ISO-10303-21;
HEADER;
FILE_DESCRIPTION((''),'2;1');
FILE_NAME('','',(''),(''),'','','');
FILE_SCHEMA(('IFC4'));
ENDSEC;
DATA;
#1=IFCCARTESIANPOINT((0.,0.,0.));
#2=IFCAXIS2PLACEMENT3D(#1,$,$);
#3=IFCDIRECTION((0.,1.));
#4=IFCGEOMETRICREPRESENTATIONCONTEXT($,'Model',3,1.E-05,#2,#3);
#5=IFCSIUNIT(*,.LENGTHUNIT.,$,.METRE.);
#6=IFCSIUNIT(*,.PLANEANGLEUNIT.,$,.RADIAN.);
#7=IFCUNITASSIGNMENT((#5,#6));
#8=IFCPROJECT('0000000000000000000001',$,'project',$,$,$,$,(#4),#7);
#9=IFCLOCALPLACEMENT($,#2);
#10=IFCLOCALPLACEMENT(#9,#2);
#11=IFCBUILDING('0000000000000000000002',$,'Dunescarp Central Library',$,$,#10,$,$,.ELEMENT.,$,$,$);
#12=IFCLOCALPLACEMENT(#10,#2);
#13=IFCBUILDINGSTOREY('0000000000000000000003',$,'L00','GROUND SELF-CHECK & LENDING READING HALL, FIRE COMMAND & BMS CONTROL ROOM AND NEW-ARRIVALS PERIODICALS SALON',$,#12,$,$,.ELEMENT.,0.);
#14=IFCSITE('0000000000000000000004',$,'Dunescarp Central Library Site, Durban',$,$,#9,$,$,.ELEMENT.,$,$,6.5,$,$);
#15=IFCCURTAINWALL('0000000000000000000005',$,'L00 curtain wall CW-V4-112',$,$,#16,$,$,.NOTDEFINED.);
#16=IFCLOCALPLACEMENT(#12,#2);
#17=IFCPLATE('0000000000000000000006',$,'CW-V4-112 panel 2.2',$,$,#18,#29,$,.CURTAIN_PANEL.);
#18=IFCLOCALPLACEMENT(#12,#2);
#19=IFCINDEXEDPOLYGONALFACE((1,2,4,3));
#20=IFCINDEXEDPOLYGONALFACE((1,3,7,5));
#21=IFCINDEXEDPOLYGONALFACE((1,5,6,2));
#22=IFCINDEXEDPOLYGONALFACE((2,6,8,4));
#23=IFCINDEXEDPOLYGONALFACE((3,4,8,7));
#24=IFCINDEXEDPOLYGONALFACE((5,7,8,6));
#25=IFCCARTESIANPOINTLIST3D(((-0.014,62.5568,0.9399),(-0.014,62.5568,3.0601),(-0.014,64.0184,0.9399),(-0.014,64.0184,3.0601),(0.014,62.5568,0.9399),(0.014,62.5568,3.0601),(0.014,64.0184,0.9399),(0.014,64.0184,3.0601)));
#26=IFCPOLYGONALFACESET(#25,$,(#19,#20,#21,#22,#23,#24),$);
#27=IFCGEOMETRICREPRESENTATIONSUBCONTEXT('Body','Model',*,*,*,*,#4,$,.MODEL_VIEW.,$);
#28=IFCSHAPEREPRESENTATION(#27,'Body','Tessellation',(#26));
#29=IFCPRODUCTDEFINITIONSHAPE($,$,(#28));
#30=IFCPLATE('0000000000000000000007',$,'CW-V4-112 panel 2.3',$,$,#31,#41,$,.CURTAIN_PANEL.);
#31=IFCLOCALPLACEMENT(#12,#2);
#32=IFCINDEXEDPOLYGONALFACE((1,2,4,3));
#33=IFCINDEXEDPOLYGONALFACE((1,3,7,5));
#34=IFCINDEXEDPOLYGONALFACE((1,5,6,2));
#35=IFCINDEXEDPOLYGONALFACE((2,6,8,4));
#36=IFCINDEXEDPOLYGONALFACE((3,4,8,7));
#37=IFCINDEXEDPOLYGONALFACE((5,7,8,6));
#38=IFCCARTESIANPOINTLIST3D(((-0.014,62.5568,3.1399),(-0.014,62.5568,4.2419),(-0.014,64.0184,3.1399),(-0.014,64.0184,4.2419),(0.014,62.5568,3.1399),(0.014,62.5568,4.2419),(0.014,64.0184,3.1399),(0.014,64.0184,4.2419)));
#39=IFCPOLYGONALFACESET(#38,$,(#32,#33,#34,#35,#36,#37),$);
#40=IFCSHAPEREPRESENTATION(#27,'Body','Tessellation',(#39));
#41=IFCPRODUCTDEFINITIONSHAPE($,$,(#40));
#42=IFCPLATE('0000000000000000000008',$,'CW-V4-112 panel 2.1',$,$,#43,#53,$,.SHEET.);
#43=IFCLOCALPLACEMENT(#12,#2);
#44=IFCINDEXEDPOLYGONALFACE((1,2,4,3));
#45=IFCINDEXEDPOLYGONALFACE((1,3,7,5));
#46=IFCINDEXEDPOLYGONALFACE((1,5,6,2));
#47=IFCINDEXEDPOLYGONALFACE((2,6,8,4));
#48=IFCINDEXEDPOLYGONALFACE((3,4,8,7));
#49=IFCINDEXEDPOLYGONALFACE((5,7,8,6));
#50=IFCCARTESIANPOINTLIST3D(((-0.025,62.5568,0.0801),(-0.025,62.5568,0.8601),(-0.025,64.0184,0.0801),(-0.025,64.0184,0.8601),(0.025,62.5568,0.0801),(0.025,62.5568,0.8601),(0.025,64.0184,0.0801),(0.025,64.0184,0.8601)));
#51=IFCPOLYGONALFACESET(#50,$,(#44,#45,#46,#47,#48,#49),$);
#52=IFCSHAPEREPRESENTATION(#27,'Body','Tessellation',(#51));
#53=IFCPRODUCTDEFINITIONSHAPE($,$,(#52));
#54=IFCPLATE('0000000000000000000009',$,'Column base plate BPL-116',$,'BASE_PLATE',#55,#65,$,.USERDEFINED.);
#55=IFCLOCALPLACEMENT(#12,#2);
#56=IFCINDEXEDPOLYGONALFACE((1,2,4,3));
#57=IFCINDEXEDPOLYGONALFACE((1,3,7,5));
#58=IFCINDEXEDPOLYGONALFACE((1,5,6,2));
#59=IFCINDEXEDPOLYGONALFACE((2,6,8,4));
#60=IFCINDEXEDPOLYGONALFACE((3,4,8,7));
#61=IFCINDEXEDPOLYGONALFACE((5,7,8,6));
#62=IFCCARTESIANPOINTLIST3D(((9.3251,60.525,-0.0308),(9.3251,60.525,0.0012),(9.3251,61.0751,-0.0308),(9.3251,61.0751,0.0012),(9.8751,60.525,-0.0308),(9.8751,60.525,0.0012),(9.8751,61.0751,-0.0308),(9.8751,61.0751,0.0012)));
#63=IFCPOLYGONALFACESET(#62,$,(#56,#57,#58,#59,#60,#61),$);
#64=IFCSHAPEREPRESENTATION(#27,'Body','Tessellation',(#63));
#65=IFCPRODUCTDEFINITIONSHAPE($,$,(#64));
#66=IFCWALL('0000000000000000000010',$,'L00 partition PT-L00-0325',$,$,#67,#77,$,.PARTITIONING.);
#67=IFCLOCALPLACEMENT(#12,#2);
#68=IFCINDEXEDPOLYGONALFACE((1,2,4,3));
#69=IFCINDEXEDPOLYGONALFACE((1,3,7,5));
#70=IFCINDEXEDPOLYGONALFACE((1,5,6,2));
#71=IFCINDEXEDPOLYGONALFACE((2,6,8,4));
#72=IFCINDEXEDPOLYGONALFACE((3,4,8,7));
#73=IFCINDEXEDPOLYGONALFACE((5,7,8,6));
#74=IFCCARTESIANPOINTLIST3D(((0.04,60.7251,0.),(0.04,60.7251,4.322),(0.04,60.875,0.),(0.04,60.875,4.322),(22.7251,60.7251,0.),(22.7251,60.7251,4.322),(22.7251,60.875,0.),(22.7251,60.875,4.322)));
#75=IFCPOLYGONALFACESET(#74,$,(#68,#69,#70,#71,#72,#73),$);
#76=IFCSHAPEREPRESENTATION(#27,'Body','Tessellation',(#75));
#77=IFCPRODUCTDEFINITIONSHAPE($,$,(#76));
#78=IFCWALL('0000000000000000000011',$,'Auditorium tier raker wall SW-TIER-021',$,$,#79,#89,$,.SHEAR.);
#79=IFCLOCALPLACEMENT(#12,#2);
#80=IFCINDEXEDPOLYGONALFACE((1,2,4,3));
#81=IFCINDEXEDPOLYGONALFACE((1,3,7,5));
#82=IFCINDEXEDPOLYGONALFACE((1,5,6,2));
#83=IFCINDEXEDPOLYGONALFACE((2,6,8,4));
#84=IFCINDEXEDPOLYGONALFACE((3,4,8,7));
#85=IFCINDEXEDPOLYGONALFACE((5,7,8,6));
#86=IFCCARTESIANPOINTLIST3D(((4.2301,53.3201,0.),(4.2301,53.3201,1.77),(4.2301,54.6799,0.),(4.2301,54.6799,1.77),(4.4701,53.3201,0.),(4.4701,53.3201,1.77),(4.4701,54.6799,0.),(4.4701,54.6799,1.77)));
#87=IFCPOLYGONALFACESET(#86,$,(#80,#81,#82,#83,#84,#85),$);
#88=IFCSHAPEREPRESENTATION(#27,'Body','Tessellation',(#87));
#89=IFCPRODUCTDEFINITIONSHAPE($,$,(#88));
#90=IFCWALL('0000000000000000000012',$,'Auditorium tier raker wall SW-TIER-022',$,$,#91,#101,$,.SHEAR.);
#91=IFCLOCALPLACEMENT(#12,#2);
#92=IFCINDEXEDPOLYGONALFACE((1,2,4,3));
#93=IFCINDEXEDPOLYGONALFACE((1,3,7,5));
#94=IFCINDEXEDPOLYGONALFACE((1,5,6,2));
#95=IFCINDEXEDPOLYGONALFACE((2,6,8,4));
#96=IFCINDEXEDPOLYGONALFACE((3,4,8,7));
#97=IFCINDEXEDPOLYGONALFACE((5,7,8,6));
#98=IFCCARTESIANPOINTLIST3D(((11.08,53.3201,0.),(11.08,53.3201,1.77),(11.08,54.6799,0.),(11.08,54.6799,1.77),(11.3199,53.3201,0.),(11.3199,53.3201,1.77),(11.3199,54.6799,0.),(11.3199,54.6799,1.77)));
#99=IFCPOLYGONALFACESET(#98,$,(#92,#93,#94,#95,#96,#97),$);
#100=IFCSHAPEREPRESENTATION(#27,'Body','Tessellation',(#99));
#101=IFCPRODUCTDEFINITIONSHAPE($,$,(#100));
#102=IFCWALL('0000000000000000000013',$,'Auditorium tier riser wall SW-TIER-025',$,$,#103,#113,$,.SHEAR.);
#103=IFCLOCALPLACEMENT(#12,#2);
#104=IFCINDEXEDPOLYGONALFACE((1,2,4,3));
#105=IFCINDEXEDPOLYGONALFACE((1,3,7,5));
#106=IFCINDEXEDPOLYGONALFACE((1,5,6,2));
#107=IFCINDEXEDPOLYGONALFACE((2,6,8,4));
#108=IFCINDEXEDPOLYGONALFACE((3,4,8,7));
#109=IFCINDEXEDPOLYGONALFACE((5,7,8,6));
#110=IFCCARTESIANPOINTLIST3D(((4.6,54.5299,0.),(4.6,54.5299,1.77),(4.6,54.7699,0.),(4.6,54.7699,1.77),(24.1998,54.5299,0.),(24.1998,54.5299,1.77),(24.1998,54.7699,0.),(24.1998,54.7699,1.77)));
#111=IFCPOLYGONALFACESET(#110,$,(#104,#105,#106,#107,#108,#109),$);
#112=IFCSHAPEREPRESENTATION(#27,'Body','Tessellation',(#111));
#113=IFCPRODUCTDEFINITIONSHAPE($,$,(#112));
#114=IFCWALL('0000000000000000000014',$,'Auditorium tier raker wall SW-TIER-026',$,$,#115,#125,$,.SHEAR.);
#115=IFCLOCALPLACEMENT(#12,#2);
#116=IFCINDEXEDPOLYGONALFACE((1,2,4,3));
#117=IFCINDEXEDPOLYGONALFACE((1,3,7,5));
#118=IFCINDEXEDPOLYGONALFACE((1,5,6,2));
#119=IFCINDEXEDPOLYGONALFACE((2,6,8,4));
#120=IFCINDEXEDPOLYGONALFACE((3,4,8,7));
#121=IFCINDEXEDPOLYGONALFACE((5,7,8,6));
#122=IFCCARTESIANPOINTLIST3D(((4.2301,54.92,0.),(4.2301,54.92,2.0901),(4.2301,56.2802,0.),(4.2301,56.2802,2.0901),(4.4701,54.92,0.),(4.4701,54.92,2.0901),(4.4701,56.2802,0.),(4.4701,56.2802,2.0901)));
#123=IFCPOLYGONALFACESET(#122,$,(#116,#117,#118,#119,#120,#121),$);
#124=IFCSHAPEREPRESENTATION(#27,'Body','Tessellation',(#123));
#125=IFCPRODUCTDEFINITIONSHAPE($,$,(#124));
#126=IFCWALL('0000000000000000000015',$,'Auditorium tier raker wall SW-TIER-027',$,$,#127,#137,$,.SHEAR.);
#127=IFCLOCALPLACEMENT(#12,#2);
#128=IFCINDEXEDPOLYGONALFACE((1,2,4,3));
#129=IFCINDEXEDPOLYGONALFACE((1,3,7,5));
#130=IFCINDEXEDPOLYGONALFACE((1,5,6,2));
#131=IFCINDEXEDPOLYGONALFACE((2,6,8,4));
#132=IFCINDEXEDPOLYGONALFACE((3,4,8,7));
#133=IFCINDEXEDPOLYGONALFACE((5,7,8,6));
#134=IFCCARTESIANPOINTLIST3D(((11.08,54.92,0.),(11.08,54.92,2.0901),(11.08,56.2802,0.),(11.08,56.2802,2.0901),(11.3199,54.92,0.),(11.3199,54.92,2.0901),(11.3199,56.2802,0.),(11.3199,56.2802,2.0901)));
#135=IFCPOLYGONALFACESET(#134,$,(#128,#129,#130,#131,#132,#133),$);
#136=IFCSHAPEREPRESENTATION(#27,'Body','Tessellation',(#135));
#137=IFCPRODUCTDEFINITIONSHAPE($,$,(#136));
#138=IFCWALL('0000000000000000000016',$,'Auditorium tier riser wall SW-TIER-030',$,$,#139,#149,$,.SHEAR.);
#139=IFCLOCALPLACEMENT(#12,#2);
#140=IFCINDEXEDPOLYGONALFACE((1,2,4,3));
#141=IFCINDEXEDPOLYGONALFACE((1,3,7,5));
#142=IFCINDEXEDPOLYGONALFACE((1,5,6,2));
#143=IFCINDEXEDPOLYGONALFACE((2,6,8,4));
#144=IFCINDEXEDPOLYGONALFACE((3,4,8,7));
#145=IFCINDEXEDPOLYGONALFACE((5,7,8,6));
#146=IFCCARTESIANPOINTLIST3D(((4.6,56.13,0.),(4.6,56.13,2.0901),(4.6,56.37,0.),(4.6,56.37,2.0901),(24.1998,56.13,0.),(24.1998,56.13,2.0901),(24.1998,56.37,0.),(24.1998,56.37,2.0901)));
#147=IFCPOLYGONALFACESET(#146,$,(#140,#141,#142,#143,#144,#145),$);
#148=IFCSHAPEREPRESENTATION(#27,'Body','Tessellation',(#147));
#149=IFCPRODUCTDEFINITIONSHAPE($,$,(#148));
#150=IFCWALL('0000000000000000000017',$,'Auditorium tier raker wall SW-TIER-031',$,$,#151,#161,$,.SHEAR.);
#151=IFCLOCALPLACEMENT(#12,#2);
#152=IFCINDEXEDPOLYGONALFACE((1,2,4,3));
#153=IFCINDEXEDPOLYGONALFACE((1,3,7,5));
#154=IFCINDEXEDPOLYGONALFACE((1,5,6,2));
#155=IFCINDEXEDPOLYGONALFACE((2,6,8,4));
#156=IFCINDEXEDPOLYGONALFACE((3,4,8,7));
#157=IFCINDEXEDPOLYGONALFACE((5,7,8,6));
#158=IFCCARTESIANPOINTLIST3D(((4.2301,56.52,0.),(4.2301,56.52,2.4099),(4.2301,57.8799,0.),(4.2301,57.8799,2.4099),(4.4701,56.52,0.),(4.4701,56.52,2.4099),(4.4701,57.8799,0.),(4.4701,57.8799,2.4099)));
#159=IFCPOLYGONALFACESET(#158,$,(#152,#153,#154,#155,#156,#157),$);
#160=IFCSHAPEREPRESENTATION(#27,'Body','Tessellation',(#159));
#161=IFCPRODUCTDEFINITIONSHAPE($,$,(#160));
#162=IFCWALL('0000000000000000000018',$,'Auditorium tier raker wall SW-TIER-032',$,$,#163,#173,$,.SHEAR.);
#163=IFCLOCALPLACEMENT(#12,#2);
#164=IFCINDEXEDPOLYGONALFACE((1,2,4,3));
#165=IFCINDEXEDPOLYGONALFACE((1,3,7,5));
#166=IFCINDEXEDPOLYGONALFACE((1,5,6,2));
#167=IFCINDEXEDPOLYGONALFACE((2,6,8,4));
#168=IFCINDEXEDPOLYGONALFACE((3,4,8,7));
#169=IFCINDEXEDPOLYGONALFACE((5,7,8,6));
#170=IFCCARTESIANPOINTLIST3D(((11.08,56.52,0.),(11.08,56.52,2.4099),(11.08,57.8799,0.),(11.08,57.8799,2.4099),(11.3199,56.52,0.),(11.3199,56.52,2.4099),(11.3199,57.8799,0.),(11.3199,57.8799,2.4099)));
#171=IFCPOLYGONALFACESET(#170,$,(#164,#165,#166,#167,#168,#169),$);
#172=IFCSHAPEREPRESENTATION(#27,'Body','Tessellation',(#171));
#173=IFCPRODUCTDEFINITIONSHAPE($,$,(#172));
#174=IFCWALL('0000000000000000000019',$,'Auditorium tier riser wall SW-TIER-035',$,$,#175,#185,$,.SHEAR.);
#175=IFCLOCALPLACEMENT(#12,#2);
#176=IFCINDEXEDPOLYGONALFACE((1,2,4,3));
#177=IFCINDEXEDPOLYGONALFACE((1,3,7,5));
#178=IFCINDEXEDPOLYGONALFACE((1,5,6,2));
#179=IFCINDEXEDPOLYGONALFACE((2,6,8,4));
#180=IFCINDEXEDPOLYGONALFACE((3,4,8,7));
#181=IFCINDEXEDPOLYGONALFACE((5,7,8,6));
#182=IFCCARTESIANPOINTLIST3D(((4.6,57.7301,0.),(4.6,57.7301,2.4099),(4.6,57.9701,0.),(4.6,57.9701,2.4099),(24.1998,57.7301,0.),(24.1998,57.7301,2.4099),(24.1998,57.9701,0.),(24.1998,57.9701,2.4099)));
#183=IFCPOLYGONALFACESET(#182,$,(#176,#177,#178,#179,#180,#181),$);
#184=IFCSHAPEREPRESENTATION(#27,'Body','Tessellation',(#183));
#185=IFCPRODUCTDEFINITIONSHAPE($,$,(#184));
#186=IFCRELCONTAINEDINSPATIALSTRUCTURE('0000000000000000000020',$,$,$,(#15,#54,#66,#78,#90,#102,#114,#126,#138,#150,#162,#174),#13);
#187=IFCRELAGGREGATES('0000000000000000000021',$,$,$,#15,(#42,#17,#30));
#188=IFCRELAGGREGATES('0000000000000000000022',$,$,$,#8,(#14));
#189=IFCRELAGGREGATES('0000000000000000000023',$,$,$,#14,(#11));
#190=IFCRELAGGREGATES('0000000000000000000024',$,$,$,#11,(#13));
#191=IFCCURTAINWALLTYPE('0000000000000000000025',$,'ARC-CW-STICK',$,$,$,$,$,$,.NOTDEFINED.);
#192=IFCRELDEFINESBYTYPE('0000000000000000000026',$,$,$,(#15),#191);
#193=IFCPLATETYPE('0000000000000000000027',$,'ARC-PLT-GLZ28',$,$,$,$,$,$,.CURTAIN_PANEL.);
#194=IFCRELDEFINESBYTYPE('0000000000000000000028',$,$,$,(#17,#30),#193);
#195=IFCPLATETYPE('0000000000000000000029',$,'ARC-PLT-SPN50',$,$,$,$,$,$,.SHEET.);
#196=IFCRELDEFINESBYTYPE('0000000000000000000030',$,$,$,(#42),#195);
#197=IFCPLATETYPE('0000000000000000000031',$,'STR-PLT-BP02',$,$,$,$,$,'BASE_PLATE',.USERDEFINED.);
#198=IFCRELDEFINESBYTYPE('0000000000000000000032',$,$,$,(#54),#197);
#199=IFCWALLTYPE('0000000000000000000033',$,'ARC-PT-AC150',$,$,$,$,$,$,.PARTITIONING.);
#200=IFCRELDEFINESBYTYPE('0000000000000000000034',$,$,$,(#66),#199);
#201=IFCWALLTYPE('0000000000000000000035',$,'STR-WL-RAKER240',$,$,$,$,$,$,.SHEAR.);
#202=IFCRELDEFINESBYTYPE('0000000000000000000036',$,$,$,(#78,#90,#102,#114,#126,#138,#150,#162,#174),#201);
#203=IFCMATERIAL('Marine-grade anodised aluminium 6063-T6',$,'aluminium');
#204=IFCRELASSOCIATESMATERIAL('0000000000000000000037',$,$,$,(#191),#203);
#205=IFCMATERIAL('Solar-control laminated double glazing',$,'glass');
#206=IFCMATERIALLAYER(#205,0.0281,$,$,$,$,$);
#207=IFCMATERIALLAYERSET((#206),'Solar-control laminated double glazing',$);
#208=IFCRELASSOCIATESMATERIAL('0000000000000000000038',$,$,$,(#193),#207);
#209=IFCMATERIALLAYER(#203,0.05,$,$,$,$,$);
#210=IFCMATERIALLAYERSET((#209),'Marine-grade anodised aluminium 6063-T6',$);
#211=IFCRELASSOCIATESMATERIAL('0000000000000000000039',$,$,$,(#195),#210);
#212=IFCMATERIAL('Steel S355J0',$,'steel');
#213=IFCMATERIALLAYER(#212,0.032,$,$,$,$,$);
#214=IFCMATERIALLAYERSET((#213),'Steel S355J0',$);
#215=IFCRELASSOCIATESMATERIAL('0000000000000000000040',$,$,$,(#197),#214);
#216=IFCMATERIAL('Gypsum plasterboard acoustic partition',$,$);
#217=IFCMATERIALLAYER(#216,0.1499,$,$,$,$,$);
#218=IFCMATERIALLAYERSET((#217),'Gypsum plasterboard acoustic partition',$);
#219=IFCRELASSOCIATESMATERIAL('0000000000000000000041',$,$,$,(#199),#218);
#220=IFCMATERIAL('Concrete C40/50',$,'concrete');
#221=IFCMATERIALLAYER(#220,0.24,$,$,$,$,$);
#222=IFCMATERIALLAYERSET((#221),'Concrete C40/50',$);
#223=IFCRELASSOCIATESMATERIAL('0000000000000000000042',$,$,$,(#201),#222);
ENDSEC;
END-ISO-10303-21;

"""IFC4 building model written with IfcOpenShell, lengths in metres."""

from ifc_helpers import new_model, si_unit, direction, frame, frame_2d, origin, origin_2d, place, context, subcontext, project, spatial, rectangle, extrude, material, layer, layer_set, type_object, element, aggregate, save


model = new_model("IFC4")

# Units and contexts
model_context = context("Model", 3, precision=1e-05, world=origin(), true_north=direction((0.0, 1.0)))
body_context = subcontext(model_context, "Body", "Model", "MODEL_VIEW")
ifc_project = project(units=[si_unit("LENGTHUNIT", "METRE"), si_unit("PLANEANGLEUNIT", "RADIAN")], contexts=[model_context])

# Site, building, storey
site_placement = place(None, origin())
site = spatial("IfcSite", under=ifc_project, at=site_placement, Name="Dunescarp Central Library Site, Durban", CompositionType="ELEMENT", RefElevation=6.5)
building_placement = place(site_placement, origin())
building = spatial("IfcBuilding", under=site, at=building_placement, Name="Dunescarp Central Library", CompositionType="ELEMENT")
storey_placement = place(building_placement, origin())
storey = spatial("IfcBuildingStorey", under=building, at=storey_placement, Name="L00", Description="GROUND SELF-CHECK & LENDING READING HALL, FIRE COMMAND & BMS CONTROL ROOM AND NEW-ARRIVALS PERIODICALS SALON", CompositionType="ELEMENT", Elevation=0.0)

# Shared definitions
ifc_material_1 = material(Name="Concrete C40/50", Category="concrete")

# Curtain wall, plates
ifc_material_2 = material(Name="Marine-grade anodised aluminium 6063-T6", Category="aluminium")
curtain_wall_type = type_object("IfcCurtainWallType", Name="ARC-CW-STICK", PredefinedType="NOTDEFINED", material=ifc_material_2)
curtain_wall_placement = place(storey_placement, origin())
curtain_wall = element("IfcCurtainWall", 1, at=curtain_wall_placement, inside=storey, type_object=curtain_wall_type, Name="L00 curtain wall CW-V4-112", PredefinedType="NOTDEFINED")
ifc_material_3 = material(Name="Solar-control laminated double glazing", Category="glass")
ifc_layer_1 = layer(ifc_material_3, 0.0281)
ifc_layer_set_1 = layer_set([ifc_layer_1], Name="Solar-control laminated double glazing")
plate_type_1 = type_object("IfcPlateType", Name="ARC-PLT-GLZ28", PredefinedType="CURTAIN_PANEL", material=ifc_layer_set_1)
plate_1_placement = place(storey_placement, frame((0.0, 63.2876, 0.9399), z_axis=(0.0, 0.0, 1.0), x_axis=(0.0, 1.0, 0.0)))
plate_1 = element("IfcPlate", 2, at=plate_1_placement, type_object=plate_type_1, Name="CW-V4-112 panel 2.2", PredefinedType="CURTAIN_PANEL", context=body_context, shape_type="SweptSolid", body=[
    extrude(rectangle(XDim=1.4617, YDim=0.0281, at=origin_2d()), origin(), (0.0, 0.0, 1.0), 2.1201),
])
plate_2_placement = place(storey_placement, frame((0.0, 63.2876, 3.1399), z_axis=(0.0, 0.0, 1.0), x_axis=(0.0, 1.0, 0.0)))
plate_2 = element("IfcPlate", 3, at=plate_2_placement, type_object=plate_type_1, Name="CW-V4-112 panel 2.3", PredefinedType="CURTAIN_PANEL", context=body_context, shape_type="SweptSolid", body=[
    extrude(rectangle(XDim=1.4617, YDim=0.0281, at=origin_2d()), origin(), (0.0, 0.0, 1.0), 1.1021),
])
ifc_layer_2 = layer(ifc_material_2, 0.05)
ifc_layer_set_2 = layer_set([ifc_layer_2], Name="Marine-grade anodised aluminium 6063-T6")
plate_type_2 = type_object("IfcPlateType", Name="ARC-PLT-SPN50", PredefinedType="SHEET", material=ifc_layer_set_2)
plate_3_placement = place(storey_placement, frame((0.0, 63.2876, 0.0801), z_axis=(0.0, 0.0, 1.0), x_axis=(0.0, 1.0, 0.0)))
plate_3 = element("IfcPlate", 4, at=plate_3_placement, type_object=plate_type_2, Name="CW-V4-112 panel 2.1", PredefinedType="SHEET", context=body_context, shape_type="SweptSolid", body=[
    extrude(rectangle(XDim=1.4617, YDim=0.05, at=origin_2d()), origin(), (0.0, 0.0, 1.0), 0.78),
])
aggregate(curtain_wall, [plate_3, plate_1, plate_2])

# Plate
ifc_material_4 = material(Name="Steel S355J0", Category="steel")
ifc_layer_3 = layer(ifc_material_4, 0.032)
ifc_layer_set_3 = layer_set([ifc_layer_3], Name="Steel S355J0")
plate_type_3 = type_object("IfcPlateType", Name="STR-PLT-BP02", ElementType="BASE_PLATE", PredefinedType="USERDEFINED", material=ifc_layer_set_3)
plate_4_placement = place(storey_placement, frame((9.6001, 60.8, -0.0308), z_axis=(0.0, 0.0, 1.0), x_axis=(1.0, 0.0, 0.0)))
element("IfcPlate", 5, at=plate_4_placement, inside=storey, type_object=plate_type_3, Name="Column base plate BPL-116", ObjectType="BASE_PLATE", PredefinedType="USERDEFINED", context=body_context, shape_type="SweptSolid", body=[
    extrude(rectangle(XDim=0.55, YDim=0.55, at=origin_2d()), origin(), (0.0, 0.0, 1.0), 0.032),
])

# Walls
ifc_material_5 = material(Name="Gypsum plasterboard acoustic partition")
ifc_layer_4 = layer(ifc_material_5, 0.1499)
ifc_layer_set_4 = layer_set([ifc_layer_4], Name="Gypsum plasterboard acoustic partition")
wall_type_1 = type_object("IfcWallType", Name="ARC-PT-AC150", PredefinedType="PARTITIONING", material=ifc_layer_set_4)
wall_1_placement = place(storey_placement, frame((0.04, 60.8, 0.0), z_axis=(0.0, 0.0, 1.0), x_axis=(1.0, 0.0, 0.0)))
element("IfcWall", 6, at=wall_1_placement, inside=storey, type_object=wall_type_1, Name="L00 partition PT-L00-0325", PredefinedType="PARTITIONING", context=body_context, shape_type="SweptSolid", body=[
    extrude(rectangle(XDim=22.6851, YDim=0.1499, at=frame_2d((11.3425, 0.0))), origin(), (0.0, 0.0, 1.0), 4.322),
])
ifc_layer_5 = layer(ifc_material_1, 0.24)
ifc_layer_set_5 = layer_set([ifc_layer_5], Name="Concrete C40/50")
wall_type_2 = type_object("IfcWallType", Name="STR-WL-RAKER240", PredefinedType="SHEAR", material=ifc_layer_set_5)
for number, where, z_axis, x_axis, name in (
    (7, (4.3501, 53.3201, 0.0), (0.0, 0.0, 1.0), (0.0, 1.0, 0.0), "Auditorium tier raker wall SW-TIER-021"),
    (8, (11.2, 53.3201, 0.0), (0.0, 0.0, 1.0), (0.0, 1.0, 0.0), "Auditorium tier raker wall SW-TIER-022"),
):
    element("IfcWall", number, at=place(storey_placement, frame(where, z_axis=z_axis, x_axis=x_axis)), inside=storey, type_object=wall_type_2, Name=name, PredefinedType="SHEAR", context=body_context, shape_type="SweptSolid", body=[
        extrude(rectangle(XDim=1.3599, YDim=0.24, at=frame_2d((0.6799, 0.0))), origin(), (0.0, 0.0, 1.0), 1.77),
    ])
wall_2_placement = place(storey_placement, frame((4.6001, 54.6499, 0.0), z_axis=(0.0, 0.0, 1.0), x_axis=(1.0, 0.0, 0.0)))
element("IfcWall", 9, at=wall_2_placement, inside=storey, type_object=wall_type_2, Name="Auditorium tier riser wall SW-TIER-025", PredefinedType="SHEAR", context=body_context, shape_type="SweptSolid", body=[
    extrude(rectangle(XDim=19.5999, YDim=0.24, at=frame_2d((9.7998, 0.0))), origin(), (0.0, 0.0, 1.0), 1.77),
])
for number, where, z_axis, x_axis, name in (
    (10, (4.3501, 54.9199, 0.0), (0.0, 0.0, 1.0), (0.0, 1.0, 0.0), "Auditorium tier raker wall SW-TIER-026"),
    (11, (11.2, 54.9199, 0.0), (0.0, 0.0, 1.0), (0.0, 1.0, 0.0), "Auditorium tier raker wall SW-TIER-027"),
):
    element("IfcWall", number, at=place(storey_placement, frame(where, z_axis=z_axis, x_axis=x_axis)), inside=storey, type_object=wall_type_2, Name=name, PredefinedType="SHEAR", context=body_context, shape_type="SweptSolid", body=[
        extrude(rectangle(XDim=1.3601, YDim=0.24, at=frame_2d((0.6802, 0.0))), origin(), (0.0, 0.0, 1.0), 2.0901),
    ])
wall_3_placement = place(storey_placement, frame((4.6001, 56.25, 0.0), z_axis=(0.0, 0.0, 1.0), x_axis=(1.0, 0.0, 0.0)))
element("IfcWall", 12, at=wall_3_placement, inside=storey, type_object=wall_type_2, Name="Auditorium tier riser wall SW-TIER-030", PredefinedType="SHEAR", context=body_context, shape_type="SweptSolid", body=[
    extrude(rectangle(XDim=19.5999, YDim=0.24, at=frame_2d((9.7998, 0.0))), origin(), (0.0, 0.0, 1.0), 2.0901),
])
for number, where, z_axis, x_axis, name in (
    (13, (4.3501, 56.52, 0.0), (0.0, 0.0, 1.0), (0.0, 1.0, 0.0), "Auditorium tier raker wall SW-TIER-031"),
    (14, (11.2, 56.52, 0.0), (0.0, 0.0, 1.0), (0.0, 1.0, 0.0), "Auditorium tier raker wall SW-TIER-032"),
):
    element("IfcWall", number, at=place(storey_placement, frame(where, z_axis=z_axis, x_axis=x_axis)), inside=storey, type_object=wall_type_2, Name=name, PredefinedType="SHEAR", context=body_context, shape_type="SweptSolid", body=[
        extrude(rectangle(XDim=1.3599, YDim=0.24, at=frame_2d((0.6799, 0.0))), origin(), (0.0, 0.0, 1.0), 2.4099),
    ])
wall_4_placement = place(storey_placement, frame((4.6001, 57.8501, 0.0), z_axis=(0.0, 0.0, 1.0), x_axis=(1.0, 0.0, 0.0)))
element("IfcWall", 15, at=wall_4_placement, inside=storey, type_object=wall_type_2, Name="Auditorium tier riser wall SW-TIER-035", PredefinedType="SHEAR", context=body_context, shape_type="SweptSolid", body=[
    extrude(rectangle(XDim=19.5999, YDim=0.24, at=frame_2d((9.7998, 0.0))), origin(), (0.0, 0.0, 1.0), 2.4099),
])

save(model, "model.ifc")
